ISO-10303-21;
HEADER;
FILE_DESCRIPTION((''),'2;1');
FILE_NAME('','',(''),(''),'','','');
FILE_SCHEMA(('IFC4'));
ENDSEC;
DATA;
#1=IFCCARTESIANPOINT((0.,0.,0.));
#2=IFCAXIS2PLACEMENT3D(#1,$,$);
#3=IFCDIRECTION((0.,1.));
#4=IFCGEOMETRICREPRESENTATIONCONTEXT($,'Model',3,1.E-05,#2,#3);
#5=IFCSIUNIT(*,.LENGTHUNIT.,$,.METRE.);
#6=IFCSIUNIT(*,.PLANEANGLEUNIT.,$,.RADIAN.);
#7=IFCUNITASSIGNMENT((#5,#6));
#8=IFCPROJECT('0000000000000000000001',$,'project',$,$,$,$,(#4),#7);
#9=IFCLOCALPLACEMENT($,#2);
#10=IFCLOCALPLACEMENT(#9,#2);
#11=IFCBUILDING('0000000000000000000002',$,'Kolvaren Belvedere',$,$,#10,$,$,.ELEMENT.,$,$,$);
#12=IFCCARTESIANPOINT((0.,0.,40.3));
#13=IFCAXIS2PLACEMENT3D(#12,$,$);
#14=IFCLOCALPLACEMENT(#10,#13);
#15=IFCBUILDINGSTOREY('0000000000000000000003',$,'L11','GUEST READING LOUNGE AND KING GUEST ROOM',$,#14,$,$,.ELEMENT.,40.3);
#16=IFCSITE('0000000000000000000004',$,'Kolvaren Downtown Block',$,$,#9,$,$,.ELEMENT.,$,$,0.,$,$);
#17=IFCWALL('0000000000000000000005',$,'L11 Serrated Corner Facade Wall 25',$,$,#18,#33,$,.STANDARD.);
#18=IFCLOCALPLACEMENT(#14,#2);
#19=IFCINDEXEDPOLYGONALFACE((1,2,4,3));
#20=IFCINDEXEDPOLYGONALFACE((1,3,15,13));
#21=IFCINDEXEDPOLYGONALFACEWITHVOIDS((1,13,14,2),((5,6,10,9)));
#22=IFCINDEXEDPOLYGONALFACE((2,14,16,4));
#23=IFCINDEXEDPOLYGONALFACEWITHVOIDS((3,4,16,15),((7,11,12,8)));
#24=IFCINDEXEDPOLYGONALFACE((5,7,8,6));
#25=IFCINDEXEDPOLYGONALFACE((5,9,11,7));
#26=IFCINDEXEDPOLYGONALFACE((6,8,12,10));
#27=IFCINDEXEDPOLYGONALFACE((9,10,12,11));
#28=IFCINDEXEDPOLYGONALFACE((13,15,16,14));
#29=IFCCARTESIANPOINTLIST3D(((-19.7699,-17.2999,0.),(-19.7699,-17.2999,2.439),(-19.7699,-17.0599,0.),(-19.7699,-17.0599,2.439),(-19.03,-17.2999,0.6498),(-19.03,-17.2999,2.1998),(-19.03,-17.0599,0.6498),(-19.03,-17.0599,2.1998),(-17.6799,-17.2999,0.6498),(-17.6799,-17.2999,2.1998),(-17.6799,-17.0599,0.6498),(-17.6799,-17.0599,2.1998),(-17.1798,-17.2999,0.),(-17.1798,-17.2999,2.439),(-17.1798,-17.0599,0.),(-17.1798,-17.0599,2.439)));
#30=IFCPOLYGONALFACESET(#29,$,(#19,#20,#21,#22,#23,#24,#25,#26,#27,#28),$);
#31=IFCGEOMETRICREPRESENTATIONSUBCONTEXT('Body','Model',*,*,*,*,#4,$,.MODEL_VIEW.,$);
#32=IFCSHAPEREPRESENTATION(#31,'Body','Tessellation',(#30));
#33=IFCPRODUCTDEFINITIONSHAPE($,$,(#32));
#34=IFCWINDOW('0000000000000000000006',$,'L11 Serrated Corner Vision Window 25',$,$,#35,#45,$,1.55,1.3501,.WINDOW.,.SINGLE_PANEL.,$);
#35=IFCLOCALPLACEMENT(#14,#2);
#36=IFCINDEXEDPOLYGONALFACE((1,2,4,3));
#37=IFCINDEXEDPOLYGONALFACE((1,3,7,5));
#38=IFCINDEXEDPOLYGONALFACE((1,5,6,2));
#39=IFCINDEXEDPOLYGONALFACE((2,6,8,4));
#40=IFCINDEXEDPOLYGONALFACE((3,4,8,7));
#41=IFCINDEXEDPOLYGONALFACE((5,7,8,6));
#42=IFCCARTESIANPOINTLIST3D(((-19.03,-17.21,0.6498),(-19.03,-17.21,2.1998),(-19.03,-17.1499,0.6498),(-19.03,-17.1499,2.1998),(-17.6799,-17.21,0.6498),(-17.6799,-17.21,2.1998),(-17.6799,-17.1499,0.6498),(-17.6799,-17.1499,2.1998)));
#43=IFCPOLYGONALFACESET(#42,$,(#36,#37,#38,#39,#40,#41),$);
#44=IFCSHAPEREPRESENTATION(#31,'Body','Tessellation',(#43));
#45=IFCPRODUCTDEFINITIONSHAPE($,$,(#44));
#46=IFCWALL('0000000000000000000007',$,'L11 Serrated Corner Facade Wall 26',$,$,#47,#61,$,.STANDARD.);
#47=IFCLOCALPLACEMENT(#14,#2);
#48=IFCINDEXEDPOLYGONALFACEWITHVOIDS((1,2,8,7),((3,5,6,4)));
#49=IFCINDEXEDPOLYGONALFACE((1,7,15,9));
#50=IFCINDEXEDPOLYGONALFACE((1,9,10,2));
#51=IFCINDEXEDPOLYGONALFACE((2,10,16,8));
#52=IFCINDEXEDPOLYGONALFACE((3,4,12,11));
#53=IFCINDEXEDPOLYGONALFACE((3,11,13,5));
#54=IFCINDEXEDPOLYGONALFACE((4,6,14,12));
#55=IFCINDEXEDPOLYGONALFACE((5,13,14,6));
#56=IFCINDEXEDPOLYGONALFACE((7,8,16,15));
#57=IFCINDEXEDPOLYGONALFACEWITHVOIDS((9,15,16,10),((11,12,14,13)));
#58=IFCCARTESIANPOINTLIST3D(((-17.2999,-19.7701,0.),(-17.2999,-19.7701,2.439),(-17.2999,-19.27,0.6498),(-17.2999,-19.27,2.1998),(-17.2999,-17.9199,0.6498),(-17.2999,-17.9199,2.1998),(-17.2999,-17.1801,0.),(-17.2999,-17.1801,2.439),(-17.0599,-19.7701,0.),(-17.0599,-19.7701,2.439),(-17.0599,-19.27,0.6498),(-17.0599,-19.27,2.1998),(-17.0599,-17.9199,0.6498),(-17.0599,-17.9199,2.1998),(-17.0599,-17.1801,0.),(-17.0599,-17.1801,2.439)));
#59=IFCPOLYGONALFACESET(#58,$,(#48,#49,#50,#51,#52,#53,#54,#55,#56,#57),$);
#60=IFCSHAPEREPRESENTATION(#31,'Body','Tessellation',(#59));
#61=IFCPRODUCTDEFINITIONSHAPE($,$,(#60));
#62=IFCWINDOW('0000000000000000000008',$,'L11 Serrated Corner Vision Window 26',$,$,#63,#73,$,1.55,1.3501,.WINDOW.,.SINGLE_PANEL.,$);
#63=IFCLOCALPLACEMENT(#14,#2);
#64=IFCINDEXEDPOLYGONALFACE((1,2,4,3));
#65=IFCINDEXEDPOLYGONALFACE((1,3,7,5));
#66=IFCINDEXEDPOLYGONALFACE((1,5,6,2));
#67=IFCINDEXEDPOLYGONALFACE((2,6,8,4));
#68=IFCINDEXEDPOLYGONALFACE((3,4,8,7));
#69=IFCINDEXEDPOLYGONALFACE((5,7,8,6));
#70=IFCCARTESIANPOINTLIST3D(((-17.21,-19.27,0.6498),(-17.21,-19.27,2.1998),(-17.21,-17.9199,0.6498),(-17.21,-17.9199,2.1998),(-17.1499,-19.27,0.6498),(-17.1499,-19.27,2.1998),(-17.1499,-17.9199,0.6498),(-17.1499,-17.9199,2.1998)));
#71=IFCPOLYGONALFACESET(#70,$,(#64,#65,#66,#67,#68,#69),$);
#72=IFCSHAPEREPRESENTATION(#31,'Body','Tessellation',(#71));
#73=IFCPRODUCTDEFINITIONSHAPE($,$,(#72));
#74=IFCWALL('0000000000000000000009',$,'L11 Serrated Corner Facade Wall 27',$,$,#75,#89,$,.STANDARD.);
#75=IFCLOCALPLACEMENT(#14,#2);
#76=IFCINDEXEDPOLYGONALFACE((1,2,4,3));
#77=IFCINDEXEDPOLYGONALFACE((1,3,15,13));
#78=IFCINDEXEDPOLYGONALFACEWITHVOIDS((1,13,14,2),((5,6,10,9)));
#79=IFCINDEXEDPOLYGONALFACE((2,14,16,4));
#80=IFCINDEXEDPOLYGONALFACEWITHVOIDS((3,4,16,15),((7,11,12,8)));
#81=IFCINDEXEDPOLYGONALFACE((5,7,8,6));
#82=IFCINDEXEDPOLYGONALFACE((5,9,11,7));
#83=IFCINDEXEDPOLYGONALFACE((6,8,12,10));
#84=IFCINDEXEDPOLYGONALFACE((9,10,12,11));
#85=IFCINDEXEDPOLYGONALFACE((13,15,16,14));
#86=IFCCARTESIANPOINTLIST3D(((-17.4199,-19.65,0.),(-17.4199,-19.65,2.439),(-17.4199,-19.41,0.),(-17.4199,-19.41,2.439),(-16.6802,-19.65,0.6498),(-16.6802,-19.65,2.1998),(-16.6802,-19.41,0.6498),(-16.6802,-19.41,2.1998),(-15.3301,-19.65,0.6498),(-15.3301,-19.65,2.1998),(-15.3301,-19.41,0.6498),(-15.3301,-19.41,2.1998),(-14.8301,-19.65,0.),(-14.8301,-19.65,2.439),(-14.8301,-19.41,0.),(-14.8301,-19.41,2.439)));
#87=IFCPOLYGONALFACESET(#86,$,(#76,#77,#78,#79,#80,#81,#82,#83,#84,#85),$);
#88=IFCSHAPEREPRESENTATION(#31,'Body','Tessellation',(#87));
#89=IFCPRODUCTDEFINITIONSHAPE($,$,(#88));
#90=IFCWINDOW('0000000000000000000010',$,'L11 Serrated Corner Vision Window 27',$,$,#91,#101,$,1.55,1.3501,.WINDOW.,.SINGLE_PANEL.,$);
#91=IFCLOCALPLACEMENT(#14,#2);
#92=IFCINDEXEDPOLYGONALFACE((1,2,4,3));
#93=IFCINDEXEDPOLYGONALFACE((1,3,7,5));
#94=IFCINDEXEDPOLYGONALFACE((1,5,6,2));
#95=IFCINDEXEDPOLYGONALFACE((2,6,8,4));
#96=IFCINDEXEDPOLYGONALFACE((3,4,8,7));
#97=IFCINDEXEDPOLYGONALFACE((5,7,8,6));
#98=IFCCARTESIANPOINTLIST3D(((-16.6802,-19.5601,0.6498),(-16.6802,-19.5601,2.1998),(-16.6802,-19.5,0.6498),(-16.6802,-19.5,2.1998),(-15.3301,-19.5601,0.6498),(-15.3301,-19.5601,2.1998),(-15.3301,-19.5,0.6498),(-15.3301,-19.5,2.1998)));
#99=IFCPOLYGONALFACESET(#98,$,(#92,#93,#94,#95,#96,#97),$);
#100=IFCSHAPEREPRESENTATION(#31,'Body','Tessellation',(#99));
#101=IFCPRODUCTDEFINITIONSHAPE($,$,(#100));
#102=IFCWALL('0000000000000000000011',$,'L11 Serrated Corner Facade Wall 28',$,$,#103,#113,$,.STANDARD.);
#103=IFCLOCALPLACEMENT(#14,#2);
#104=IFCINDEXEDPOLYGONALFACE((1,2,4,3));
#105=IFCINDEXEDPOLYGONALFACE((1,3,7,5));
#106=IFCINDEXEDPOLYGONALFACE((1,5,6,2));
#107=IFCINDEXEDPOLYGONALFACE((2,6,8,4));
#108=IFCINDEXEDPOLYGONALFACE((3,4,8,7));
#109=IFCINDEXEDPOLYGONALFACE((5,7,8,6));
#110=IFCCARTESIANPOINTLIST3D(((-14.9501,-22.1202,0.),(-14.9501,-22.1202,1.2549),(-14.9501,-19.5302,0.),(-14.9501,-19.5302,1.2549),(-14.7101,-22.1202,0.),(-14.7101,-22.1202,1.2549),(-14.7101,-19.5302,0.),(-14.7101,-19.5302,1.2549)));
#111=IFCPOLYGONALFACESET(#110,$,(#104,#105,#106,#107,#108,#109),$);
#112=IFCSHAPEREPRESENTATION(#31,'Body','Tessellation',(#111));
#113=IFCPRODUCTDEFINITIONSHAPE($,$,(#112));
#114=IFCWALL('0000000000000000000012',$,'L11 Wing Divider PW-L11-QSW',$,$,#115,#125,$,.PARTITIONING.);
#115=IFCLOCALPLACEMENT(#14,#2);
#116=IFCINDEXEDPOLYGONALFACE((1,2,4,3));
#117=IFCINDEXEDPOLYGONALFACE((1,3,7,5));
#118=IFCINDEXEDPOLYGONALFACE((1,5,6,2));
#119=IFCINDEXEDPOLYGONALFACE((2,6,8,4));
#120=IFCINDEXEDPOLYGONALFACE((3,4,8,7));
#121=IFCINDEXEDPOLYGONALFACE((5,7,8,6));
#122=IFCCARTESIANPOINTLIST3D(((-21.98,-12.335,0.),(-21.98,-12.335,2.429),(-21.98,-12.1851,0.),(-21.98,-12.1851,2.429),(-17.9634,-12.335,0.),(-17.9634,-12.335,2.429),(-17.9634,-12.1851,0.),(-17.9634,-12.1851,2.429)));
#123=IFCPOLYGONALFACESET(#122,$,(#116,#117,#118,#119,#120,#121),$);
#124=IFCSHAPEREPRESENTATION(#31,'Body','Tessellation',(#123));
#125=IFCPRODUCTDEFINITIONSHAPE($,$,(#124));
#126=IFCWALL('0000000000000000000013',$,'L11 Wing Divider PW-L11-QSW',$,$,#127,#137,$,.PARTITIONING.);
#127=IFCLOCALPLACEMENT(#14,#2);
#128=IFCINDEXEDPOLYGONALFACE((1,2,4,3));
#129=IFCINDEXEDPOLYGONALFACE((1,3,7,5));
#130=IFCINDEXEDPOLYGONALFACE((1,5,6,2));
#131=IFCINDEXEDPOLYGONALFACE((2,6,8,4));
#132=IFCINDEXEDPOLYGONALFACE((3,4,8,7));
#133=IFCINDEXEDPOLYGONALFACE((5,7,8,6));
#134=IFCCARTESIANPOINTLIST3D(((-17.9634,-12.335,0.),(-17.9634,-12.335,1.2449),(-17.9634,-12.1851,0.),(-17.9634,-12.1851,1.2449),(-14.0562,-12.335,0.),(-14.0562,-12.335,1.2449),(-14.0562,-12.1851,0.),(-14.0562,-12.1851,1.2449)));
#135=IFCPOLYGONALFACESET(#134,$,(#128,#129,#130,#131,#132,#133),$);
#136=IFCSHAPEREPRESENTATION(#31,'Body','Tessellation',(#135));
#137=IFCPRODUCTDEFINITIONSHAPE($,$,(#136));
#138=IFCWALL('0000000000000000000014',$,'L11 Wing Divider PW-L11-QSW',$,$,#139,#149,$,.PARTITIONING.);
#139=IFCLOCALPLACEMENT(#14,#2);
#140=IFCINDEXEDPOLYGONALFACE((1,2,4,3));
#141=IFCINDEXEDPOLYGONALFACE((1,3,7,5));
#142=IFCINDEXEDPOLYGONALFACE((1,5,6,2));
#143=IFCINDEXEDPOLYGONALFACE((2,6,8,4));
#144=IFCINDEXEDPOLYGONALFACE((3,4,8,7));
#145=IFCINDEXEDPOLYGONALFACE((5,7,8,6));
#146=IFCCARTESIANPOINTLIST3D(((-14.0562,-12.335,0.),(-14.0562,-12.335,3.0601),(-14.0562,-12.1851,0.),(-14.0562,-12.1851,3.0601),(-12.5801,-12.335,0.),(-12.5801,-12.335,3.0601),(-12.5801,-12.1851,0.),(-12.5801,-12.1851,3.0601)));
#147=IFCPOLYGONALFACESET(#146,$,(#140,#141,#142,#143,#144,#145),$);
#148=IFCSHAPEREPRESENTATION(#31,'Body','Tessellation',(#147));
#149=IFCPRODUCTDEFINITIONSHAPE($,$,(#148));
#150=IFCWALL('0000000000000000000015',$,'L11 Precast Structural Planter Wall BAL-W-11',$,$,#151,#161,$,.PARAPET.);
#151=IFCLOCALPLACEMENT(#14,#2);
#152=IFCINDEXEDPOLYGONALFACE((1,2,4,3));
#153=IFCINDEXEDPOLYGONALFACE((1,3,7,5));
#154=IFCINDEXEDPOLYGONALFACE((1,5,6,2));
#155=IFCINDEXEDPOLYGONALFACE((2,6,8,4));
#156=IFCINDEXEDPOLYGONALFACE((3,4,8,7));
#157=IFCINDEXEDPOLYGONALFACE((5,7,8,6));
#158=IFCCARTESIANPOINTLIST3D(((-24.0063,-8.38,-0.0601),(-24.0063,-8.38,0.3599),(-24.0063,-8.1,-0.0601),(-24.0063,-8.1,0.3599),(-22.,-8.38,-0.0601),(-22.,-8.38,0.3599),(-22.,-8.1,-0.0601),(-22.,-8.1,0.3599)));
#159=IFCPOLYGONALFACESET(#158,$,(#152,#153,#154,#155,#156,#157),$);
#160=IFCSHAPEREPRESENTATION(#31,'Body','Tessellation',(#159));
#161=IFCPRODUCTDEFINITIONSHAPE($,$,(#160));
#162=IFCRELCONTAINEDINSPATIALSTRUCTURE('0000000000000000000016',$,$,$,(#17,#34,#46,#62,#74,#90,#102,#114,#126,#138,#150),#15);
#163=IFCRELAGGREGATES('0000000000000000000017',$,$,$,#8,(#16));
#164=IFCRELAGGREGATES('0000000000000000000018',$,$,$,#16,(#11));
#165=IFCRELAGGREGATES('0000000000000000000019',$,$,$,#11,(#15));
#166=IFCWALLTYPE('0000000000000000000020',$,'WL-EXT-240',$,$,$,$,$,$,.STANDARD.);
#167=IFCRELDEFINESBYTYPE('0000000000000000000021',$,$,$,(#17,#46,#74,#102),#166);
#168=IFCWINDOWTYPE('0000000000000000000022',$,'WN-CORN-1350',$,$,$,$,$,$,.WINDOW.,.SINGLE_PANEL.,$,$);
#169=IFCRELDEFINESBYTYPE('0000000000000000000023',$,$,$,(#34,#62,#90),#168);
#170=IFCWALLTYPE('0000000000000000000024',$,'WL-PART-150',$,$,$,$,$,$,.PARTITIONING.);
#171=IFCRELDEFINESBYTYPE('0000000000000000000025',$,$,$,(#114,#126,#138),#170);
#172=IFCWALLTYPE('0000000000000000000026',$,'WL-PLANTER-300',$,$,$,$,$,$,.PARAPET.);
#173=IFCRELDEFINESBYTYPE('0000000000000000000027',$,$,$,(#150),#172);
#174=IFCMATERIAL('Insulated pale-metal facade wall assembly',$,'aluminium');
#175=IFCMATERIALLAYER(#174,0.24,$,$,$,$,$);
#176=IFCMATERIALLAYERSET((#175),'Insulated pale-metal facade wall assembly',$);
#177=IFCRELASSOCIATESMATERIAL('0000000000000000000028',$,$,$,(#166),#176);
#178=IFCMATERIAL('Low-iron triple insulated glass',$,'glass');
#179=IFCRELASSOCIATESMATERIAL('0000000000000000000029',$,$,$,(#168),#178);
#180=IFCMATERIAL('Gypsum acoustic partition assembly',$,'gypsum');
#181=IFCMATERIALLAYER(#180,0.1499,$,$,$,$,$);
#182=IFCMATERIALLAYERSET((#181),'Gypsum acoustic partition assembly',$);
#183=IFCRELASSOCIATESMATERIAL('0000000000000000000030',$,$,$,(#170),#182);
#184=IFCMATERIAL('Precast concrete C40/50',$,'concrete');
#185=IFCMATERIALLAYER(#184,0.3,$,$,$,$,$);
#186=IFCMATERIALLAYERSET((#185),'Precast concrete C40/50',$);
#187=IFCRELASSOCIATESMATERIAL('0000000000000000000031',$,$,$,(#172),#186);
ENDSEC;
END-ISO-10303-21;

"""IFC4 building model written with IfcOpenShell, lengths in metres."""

from ifc_helpers import new_model, si_unit, direction, frame, frame_2d, origin, place, context, subcontext, project, spatial, rectangle, extrude, material, layer, layer_set, type_object, element, fill, save


model = new_model("IFC4")

# Units and contexts
model_context = context("Model", 3, precision=1e-05, world=origin(), true_north=direction((0.0, 1.0)))
body_context = subcontext(model_context, "Body", "Model", "MODEL_VIEW")
ifc_project = project(units=[si_unit("LENGTHUNIT", "METRE"), si_unit("PLANEANGLEUNIT", "RADIAN")], contexts=[model_context])

# Site, building, storey
site_placement = place(None, origin())
site = spatial("IfcSite", under=ifc_project, at=site_placement, Name="Kolvaren Downtown Block", CompositionType="ELEMENT", RefElevation=0.0)
building_placement = place(site_placement, origin())
building = spatial("IfcBuilding", under=site, at=building_placement, Name="Kolvaren Belvedere", CompositionType="ELEMENT")
storey_placement = place(building_placement, frame((0.0, 0.0, 40.3)))
storey = spatial("IfcBuildingStorey", under=building, at=storey_placement, Name="L11", Description="GUEST READING LOUNGE AND KING GUEST ROOM", CompositionType="ELEMENT", Elevation=40.3)

# Shared definitions
ifc_material_1 = material(Name="Insulated pale-metal facade wall assembly", Category="aluminium")
ifc_layer_1 = layer(ifc_material_1, 0.24)
ifc_layer_set_1 = layer_set([ifc_layer_1], Name="Insulated pale-metal facade wall assembly")
wall_type_1 = type_object("IfcWallType", Name="WL-EXT-240", PredefinedType="STANDARD", material=ifc_layer_set_1)

# Walls, openings, windows
ifc_material_2 = material(Name="Low-iron triple insulated glass", Category="glass")
window_type = type_object("IfcWindowType", Name="WN-CORN-1350", PartitioningType="SINGLE_PANEL", PredefinedType="WINDOW", material=ifc_material_2)
wall_1_placement = place(storey_placement, frame((-17.1799, -17.1799, 0.0), z_axis=(0.0, 0.0, 1.0), x_axis=(-1.0, 0.0, 0.0)))
wall_1 = element("IfcWall", 1, at=wall_1_placement, inside=storey, type_object=wall_type_1, Name="L11 Serrated Corner Facade Wall 25", PredefinedType="STANDARD", context=body_context, shape_type="SweptSolid", body=[
    extrude(rectangle(XDim=2.5901, YDim=0.24, at=frame_2d((1.2949, 0.0))), origin(), (0.0, 0.0, 1.0), 2.439),
])
opening_1_placement = place(wall_1_placement, frame((0.5, 0.0, 0.6499)))
opening_1 = element("IfcOpeningElement", 2, at=opening_1_placement, cuts=wall_1, PredefinedType="OPENING", context=body_context, shape_type="SweptSolid", body=[
    extrude(rectangle(XDim=1.3501, YDim=1.55, at=frame_2d((0.675, 0.7749))), frame((0.0, 0.1299, 0.0), z_axis=(0.0, -1.0, 0.0), x_axis=(1.0, 0.0, 0.0)), (0.0, 0.0, 1.0), 0.26),
])
window_1_placement = place(opening_1_placement, origin())
window_1 = element("IfcWindow", 3, at=window_1_placement, inside=storey, type_object=window_type, Name="L11 Serrated Corner Vision Window 25", OverallHeight=1.55, OverallWidth=1.3501, PartitioningType="SINGLE_PANEL", PredefinedType="WINDOW", context=body_context, shape_type="SweptSolid", body=[
    extrude(rectangle(XDim=1.3501, YDim=1.55, at=frame_2d((0.675, 0.7749))), frame((0.0, 0.03, 0.0), z_axis=(0.0, -1.0, 0.0), x_axis=(1.0, 0.0, 0.0)), (0.0, 0.0, 1.0), 0.0601),
])
fill(opening_1, window_1)
wall_2_placement = place(storey_placement, frame((-17.1799, -19.77, 0.0), z_axis=(0.0, 0.0, 1.0), x_axis=(0.0, 1.0, 0.0)))
wall_2 = element("IfcWall", 4, at=wall_2_placement, inside=storey, type_object=wall_type_1, Name="L11 Serrated Corner Facade Wall 26", PredefinedType="STANDARD", context=body_context, shape_type="SweptSolid", body=[
    extrude(rectangle(XDim=2.5901, YDim=0.24, at=frame_2d((1.2949, 0.0))), origin(), (0.0, 0.0, 1.0), 2.439),
])
opening_2_placement = place(wall_2_placement, frame((0.5, 0.0, 0.6499)))
opening_2 = element("IfcOpeningElement", 5, at=opening_2_placement, cuts=wall_2, PredefinedType="OPENING", context=body_context, shape_type="SweptSolid", body=[
    extrude(rectangle(XDim=1.3501, YDim=1.55, at=frame_2d((0.675, 0.7749))), frame((0.0, 0.1299, 0.0), z_axis=(0.0, -1.0, 0.0), x_axis=(1.0, 0.0, 0.0)), (0.0, 0.0, 1.0), 0.26),
])
window_2_placement = place(opening_2_placement, origin())
window_2 = element("IfcWindow", 6, at=window_2_placement, inside=storey, type_object=window_type, Name="L11 Serrated Corner Vision Window 26", OverallHeight=1.55, OverallWidth=1.3501, PartitioningType="SINGLE_PANEL", PredefinedType="WINDOW", context=body_context, shape_type="SweptSolid", body=[
    extrude(rectangle(XDim=1.3501, YDim=1.55, at=frame_2d((0.675, 0.7749))), frame((0.0, 0.03, 0.0), z_axis=(0.0, -1.0, 0.0), x_axis=(1.0, 0.0, 0.0)), (0.0, 0.0, 1.0), 0.0601),
])
fill(opening_2, window_2)
wall_3_placement = place(storey_placement, frame((-14.8301, -19.53, 0.0), z_axis=(0.0, 0.0, 1.0), x_axis=(-1.0, 0.0, 0.0)))
wall_3 = element("IfcWall", 7, at=wall_3_placement, inside=storey, type_object=wall_type_1, Name="L11 Serrated Corner Facade Wall 27", PredefinedType="STANDARD", context=body_context, shape_type="SweptSolid", body=[
    extrude(rectangle(XDim=2.5898, YDim=0.24, at=frame_2d((1.2949, 0.0))), origin(), (0.0, 0.0, 1.0), 2.439),
])
opening_3_placement = place(wall_3_placement, frame((0.5, 0.0, 0.6499)))
opening_3 = element("IfcOpeningElement", 8, at=opening_3_placement, cuts=wall_3, PredefinedType="OPENING", context=body_context, shape_type="SweptSolid", body=[
    extrude(rectangle(XDim=1.3501, YDim=1.55, at=frame_2d((0.675, 0.7749))), frame((0.0, 0.1299, 0.0), z_axis=(0.0, -1.0, 0.0), x_axis=(1.0, 0.0, 0.0)), (0.0, 0.0, 1.0), 0.26),
])
window_3_placement = place(opening_3_placement, origin())
window_3 = element("IfcWindow", 9, at=window_3_placement, inside=storey, type_object=window_type, Name="L11 Serrated Corner Vision Window 27", OverallHeight=1.55, OverallWidth=1.3501, PartitioningType="SINGLE_PANEL", PredefinedType="WINDOW", context=body_context, shape_type="SweptSolid", body=[
    extrude(rectangle(XDim=1.3501, YDim=1.55, at=frame_2d((0.675, 0.7749))), frame((0.0, 0.03, 0.0), z_axis=(0.0, -1.0, 0.0), x_axis=(1.0, 0.0, 0.0)), (0.0, 0.0, 1.0), 0.0601),
])
fill(opening_3, window_3)

# Walls
wall_4_placement = place(storey_placement, frame((-14.8301, -22.1201, 0.0), z_axis=(0.0, 0.0, 1.0), x_axis=(0.0, 1.0, 0.0)))
element("IfcWall", 10, at=wall_4_placement, inside=storey, type_object=wall_type_1, Name="L11 Serrated Corner Facade Wall 28", PredefinedType="STANDARD", context=body_context, shape_type="SweptSolid", body=[
    extrude(rectangle(XDim=2.5901, YDim=0.24, at=frame_2d((1.2949, 0.0))), origin(), (0.0, 0.0, 1.0), 1.2549),
])
ifc_material_3 = material(Name="Gypsum acoustic partition assembly", Category="gypsum")
ifc_layer_2 = layer(ifc_material_3, 0.1499)
ifc_layer_set_2 = layer_set([ifc_layer_2], Name="Gypsum acoustic partition assembly")
wall_type_2 = type_object("IfcWallType", Name="WL-PART-150", PredefinedType="PARTITIONING", material=ifc_layer_set_2)
wall_5_placement = place(storey_placement, frame((-21.98, -12.26, 0.0), z_axis=(0.0, 0.0, 1.0), x_axis=(1.0, 0.0, 0.0)))
element("IfcWall", 11, at=wall_5_placement, inside=storey, type_object=wall_type_2, Name="L11 Wing Divider PW-L11-QSW", PredefinedType="PARTITIONING", context=body_context, shape_type="SweptSolid", body=[
    extrude(rectangle(XDim=4.0166, YDim=0.1499, at=frame_2d((2.0083, 0.0))), origin(), (0.0, 0.0, 1.0), 2.429),
])
wall_6_placement = place(storey_placement, frame((-17.9634, -12.26, 0.0), z_axis=(0.0, 0.0, 1.0), x_axis=(1.0, 0.0, 0.0)))
element("IfcWall", 12, at=wall_6_placement, inside=storey, type_object=wall_type_2, Name="L11 Wing Divider PW-L11-QSW", PredefinedType="PARTITIONING", context=body_context, shape_type="SweptSolid", body=[
    extrude(rectangle(XDim=3.9072, YDim=0.1499, at=frame_2d((1.9536, 0.0))), origin(), (0.0, 0.0, 1.0), 1.2449),
])
wall_7_placement = place(storey_placement, frame((-14.0562, -12.26, 0.0), z_axis=(0.0, 0.0, 1.0), x_axis=(1.0, 0.0, 0.0)))
element("IfcWall", 13, at=wall_7_placement, inside=storey, type_object=wall_type_2, Name="L11 Wing Divider PW-L11-QSW", PredefinedType="PARTITIONING", context=body_context, shape_type="SweptSolid", body=[
    extrude(rectangle(XDim=1.4761, YDim=0.1499, at=frame_2d((0.738, 0.0))), origin(), (0.0, 0.0, 1.0), 3.0601),
])
ifc_material_4 = material(Name="Precast concrete C40/50", Category="concrete")
ifc_layer_3 = layer(ifc_material_4, 0.3)
ifc_layer_set_3 = layer_set([ifc_layer_3], Name="Precast concrete C40/50")
wall_type_3 = type_object("IfcWallType", Name="WL-PLANTER-300", PredefinedType="PARAPET", material=ifc_layer_set_3)
wall_8_placement = place(storey_placement, frame((-24.0063, -8.24, -0.0601), z_axis=(0.0, 0.0, 1.0), x_axis=(1.0, 0.0, 0.0)))
element("IfcWall", 14, at=wall_8_placement, inside=storey, type_object=wall_type_3, Name="L11 Precast Structural Planter Wall BAL-W-11", PredefinedType="PARAPET", context=body_context, shape_type="SweptSolid", body=[
    extrude(rectangle(XDim=2.0063, YDim=0.28, at=frame_2d((1.0032, 0.0))), origin(), (0.0, 0.0, 1.0), 0.4199),
])

save(model, "model.ifc")
